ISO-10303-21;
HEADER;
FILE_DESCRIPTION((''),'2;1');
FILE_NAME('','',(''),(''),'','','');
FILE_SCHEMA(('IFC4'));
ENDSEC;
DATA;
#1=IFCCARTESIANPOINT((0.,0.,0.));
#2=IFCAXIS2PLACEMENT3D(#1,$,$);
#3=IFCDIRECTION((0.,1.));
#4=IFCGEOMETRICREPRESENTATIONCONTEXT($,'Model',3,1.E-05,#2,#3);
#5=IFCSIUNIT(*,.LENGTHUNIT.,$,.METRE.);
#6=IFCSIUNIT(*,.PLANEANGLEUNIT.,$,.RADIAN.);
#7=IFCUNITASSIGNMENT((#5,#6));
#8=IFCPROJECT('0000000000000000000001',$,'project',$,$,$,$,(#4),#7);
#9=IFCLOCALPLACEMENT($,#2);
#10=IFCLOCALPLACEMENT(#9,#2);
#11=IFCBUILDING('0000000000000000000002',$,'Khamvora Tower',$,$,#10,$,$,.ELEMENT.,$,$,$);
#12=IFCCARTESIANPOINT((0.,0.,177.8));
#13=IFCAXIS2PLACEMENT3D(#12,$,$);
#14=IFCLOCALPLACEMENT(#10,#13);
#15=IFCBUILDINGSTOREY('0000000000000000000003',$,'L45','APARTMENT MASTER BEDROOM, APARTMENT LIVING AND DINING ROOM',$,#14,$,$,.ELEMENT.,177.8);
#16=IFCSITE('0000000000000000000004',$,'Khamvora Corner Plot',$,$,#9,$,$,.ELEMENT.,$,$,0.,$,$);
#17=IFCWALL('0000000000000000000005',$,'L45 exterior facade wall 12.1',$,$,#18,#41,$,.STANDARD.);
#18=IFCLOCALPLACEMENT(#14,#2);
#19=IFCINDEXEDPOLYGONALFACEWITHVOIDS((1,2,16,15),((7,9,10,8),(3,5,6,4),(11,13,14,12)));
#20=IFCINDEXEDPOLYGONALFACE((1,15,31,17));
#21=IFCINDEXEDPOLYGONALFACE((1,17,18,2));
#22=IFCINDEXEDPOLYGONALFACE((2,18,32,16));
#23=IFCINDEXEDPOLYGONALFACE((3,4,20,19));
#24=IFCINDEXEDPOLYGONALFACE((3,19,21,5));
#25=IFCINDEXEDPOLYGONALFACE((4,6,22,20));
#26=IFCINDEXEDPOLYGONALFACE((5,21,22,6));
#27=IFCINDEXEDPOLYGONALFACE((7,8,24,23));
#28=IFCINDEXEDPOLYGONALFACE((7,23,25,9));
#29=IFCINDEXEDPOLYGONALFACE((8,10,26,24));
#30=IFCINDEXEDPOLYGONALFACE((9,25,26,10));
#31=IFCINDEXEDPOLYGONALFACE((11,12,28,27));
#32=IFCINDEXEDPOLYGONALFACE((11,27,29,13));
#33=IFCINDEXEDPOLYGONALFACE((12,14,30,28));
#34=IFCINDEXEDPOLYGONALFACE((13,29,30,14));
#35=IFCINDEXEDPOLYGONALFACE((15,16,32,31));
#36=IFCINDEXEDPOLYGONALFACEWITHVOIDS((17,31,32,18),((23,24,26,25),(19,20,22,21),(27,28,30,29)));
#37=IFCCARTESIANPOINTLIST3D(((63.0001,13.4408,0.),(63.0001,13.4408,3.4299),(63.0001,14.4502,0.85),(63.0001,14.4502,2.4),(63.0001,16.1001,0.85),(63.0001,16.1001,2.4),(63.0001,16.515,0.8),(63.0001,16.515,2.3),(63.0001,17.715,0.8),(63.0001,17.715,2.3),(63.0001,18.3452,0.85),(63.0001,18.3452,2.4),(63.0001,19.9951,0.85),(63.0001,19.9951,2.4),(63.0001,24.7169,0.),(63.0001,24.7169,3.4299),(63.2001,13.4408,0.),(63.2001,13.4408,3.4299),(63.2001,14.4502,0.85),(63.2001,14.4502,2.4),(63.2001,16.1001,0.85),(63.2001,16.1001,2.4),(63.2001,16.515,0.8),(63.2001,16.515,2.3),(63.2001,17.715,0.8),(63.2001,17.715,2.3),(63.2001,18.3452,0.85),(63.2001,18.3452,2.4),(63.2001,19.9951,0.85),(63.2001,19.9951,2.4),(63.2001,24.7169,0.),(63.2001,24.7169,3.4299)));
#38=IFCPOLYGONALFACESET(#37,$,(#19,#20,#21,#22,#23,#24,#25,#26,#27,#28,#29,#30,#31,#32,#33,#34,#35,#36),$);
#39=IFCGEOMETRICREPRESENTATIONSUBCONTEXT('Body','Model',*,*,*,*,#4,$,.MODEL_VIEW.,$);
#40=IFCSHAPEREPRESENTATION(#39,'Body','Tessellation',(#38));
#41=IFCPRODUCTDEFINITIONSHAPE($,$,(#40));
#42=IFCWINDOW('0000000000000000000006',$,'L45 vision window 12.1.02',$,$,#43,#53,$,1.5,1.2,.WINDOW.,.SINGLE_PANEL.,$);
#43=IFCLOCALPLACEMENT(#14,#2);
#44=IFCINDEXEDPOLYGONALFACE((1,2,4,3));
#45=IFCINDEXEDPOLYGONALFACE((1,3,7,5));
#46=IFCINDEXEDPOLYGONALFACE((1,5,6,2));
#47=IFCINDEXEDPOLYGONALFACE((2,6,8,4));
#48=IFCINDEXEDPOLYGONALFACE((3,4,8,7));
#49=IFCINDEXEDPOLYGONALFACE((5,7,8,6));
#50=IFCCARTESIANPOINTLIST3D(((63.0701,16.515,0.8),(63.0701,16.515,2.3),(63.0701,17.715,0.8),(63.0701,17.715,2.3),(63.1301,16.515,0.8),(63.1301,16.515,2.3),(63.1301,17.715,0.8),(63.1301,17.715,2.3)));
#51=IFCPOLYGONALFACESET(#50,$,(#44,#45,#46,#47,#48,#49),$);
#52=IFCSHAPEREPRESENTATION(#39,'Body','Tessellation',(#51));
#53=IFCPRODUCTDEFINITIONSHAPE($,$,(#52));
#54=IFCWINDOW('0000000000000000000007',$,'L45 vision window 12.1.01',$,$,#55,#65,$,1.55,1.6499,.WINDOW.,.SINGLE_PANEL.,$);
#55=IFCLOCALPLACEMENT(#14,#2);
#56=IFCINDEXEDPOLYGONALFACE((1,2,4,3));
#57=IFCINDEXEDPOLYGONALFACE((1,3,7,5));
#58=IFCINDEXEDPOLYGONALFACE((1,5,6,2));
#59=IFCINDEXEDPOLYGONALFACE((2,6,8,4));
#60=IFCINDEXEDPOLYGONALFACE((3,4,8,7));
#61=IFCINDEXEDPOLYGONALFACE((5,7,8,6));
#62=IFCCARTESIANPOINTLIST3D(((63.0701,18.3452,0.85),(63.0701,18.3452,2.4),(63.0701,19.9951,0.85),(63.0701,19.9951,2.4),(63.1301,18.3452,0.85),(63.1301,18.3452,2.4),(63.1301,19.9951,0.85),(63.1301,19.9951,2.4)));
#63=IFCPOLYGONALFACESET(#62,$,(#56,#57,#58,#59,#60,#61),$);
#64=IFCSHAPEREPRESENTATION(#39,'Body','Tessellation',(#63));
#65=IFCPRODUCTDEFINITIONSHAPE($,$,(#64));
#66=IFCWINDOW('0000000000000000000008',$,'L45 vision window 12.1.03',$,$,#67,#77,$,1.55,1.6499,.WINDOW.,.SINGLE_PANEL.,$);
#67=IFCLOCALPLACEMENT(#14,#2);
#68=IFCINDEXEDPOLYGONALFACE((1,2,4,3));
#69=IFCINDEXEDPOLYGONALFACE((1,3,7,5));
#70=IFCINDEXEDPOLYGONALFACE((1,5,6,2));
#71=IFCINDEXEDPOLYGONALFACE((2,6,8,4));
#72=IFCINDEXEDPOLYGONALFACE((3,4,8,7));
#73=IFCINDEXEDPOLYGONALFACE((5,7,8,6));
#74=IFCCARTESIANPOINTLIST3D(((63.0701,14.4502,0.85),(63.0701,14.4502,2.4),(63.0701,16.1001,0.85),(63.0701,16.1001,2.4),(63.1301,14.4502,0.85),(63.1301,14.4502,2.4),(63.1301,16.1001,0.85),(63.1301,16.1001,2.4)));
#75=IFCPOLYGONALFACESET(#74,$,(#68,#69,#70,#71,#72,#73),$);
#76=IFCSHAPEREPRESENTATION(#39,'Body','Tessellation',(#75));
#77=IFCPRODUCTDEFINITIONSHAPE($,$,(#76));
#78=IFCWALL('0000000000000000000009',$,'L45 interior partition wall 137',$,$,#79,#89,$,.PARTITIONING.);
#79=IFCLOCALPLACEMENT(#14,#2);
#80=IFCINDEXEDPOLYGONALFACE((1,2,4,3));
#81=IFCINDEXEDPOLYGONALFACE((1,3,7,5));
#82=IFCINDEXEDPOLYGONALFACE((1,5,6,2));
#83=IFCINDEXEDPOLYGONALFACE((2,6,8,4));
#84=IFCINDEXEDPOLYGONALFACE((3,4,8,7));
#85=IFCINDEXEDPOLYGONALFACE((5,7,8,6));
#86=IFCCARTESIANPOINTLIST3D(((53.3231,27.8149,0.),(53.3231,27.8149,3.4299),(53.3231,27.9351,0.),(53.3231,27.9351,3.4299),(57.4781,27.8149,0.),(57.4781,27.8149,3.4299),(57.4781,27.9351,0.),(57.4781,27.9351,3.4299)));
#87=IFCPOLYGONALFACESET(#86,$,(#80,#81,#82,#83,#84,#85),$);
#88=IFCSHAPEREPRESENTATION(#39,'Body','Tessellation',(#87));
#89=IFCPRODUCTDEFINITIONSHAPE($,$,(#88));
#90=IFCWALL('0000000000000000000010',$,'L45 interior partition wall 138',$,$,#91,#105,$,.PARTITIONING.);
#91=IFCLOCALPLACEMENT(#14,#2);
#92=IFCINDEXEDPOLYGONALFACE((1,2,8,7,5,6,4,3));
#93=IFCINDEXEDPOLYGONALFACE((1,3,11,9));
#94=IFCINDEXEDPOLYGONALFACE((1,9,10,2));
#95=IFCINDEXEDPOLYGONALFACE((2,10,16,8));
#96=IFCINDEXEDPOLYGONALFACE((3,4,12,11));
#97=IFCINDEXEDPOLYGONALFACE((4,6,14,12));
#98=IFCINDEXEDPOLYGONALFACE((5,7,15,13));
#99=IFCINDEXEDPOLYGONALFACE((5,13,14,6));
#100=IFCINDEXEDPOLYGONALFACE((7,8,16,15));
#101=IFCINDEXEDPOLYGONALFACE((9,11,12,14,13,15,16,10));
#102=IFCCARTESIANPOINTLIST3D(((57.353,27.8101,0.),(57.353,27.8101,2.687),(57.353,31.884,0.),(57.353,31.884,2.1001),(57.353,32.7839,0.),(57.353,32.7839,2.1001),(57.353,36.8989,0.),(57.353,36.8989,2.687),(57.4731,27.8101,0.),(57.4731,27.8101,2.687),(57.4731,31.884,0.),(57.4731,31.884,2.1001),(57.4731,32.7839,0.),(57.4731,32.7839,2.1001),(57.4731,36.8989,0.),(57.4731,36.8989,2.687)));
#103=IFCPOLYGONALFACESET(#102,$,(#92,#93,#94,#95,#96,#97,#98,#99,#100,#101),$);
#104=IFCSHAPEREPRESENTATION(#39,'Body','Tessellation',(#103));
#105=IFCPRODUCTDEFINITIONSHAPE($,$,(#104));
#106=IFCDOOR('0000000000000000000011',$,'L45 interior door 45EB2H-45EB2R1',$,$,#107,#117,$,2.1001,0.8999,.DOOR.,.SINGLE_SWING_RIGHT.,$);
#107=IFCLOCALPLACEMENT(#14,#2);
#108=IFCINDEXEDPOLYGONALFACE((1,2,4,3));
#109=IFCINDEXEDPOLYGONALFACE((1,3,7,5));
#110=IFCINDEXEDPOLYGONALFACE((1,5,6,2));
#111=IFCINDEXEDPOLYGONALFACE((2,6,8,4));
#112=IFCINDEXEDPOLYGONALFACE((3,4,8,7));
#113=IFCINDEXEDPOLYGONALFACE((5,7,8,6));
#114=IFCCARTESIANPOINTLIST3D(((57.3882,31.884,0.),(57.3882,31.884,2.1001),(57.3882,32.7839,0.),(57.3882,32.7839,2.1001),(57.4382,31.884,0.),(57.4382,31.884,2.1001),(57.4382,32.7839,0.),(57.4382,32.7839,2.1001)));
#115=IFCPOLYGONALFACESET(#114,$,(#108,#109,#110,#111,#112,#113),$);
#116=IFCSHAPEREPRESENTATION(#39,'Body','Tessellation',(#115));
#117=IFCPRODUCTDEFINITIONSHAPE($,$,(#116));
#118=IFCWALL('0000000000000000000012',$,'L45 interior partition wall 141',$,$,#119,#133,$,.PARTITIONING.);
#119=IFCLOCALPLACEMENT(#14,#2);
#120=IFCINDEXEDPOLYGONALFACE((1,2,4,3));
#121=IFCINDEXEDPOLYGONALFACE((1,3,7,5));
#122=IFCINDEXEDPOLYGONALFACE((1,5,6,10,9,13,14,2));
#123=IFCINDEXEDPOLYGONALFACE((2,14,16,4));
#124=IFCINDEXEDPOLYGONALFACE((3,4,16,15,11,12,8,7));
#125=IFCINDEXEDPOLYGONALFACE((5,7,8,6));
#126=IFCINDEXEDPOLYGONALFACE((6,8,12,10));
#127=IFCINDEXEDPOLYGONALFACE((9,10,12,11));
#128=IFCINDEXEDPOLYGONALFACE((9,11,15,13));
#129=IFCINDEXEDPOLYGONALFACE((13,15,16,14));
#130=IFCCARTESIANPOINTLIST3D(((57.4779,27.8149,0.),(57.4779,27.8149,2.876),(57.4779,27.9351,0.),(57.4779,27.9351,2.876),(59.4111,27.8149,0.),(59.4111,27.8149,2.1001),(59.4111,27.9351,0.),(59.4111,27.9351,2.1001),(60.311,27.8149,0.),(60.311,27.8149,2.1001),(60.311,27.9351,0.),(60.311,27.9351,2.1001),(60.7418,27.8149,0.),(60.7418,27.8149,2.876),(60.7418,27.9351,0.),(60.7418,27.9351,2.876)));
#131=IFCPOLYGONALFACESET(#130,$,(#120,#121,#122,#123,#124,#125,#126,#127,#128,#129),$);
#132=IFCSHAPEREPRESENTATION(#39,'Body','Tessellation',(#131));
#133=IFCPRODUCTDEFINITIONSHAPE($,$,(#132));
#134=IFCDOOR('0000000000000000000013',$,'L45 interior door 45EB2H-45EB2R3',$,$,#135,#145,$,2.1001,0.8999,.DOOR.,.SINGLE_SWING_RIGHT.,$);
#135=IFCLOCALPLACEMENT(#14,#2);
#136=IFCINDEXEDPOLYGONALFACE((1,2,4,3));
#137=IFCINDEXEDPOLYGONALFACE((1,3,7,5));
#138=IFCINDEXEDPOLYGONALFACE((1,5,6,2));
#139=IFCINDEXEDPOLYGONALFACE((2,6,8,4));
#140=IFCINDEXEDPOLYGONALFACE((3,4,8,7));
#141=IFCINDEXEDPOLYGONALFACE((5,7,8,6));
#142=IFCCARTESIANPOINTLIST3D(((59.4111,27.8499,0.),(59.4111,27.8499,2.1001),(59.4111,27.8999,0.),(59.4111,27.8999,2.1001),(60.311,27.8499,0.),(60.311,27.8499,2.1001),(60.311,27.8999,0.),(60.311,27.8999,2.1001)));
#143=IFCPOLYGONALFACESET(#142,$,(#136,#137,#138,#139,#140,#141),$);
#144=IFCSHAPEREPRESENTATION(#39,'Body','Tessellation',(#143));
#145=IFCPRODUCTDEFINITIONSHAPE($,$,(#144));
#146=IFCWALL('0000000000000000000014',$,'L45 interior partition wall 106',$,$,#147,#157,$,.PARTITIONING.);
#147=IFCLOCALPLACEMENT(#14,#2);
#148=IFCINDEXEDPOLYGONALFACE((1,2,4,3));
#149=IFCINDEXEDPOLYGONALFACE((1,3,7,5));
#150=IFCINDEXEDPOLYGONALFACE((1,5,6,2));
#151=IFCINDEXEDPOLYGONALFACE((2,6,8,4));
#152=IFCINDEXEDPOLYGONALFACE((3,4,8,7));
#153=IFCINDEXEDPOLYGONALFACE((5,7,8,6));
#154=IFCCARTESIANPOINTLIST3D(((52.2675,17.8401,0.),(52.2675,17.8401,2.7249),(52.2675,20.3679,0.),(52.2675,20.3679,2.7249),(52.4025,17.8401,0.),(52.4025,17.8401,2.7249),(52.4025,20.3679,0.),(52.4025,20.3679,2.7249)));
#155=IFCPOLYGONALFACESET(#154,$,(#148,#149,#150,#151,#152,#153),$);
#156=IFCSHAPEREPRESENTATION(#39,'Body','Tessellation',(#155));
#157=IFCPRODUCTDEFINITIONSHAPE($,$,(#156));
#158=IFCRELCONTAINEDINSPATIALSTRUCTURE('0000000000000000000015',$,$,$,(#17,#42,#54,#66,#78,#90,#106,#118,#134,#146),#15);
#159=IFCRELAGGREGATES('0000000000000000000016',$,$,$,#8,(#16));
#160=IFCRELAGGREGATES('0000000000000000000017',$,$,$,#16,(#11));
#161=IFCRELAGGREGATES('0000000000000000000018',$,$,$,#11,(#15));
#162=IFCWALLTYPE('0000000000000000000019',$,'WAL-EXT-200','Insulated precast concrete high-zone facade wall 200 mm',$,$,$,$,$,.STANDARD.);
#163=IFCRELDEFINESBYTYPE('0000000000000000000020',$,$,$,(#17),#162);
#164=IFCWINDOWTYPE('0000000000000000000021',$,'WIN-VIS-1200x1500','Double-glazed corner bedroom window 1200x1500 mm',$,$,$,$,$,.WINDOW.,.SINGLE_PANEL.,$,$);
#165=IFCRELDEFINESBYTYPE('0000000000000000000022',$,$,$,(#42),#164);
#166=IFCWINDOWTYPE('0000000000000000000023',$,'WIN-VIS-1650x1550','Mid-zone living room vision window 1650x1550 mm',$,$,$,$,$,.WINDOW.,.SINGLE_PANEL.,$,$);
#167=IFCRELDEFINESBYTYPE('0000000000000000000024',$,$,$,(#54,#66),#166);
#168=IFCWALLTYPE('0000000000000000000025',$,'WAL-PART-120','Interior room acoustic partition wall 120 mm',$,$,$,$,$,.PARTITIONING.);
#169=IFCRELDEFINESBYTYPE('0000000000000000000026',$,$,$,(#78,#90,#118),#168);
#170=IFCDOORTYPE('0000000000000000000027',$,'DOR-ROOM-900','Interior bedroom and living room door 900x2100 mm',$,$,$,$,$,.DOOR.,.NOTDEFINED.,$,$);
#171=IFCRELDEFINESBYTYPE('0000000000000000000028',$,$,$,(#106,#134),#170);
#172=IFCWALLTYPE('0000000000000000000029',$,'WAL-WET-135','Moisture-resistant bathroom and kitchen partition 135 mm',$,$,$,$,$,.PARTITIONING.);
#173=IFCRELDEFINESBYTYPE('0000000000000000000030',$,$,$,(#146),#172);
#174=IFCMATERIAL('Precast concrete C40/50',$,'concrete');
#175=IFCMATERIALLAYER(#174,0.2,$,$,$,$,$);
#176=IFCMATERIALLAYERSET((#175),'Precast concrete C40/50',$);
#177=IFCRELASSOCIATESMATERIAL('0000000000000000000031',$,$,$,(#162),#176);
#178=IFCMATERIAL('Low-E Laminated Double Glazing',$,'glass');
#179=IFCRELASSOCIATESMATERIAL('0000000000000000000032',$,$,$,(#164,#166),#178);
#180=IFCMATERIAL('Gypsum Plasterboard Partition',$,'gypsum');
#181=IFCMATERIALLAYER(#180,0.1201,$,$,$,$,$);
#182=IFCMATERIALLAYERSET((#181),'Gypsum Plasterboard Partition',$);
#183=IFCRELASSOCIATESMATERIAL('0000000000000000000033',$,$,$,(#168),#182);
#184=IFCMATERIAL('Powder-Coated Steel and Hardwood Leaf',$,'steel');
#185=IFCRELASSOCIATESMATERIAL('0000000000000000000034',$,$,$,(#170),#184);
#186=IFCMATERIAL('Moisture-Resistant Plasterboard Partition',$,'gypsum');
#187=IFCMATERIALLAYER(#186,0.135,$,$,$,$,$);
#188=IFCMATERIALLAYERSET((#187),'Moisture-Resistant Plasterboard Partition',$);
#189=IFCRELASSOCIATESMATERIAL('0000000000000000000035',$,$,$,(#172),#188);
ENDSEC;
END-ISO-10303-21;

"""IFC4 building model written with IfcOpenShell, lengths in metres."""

from ifc_helpers import new_model, si_unit, direction, frame, frame_2d, origin, place, context, subcontext, project, spatial, rectangle, extrude, material, layer, layer_set, type_object, element, fill, save


model = new_model("IFC4")

# Units and contexts
model_context = context("Model", 3, precision=1e-05, world=origin(), true_north=direction((0.0, 1.0)))
body_context = subcontext(model_context, "Body", "Model", "MODEL_VIEW")
ifc_project = project(units=[si_unit("LENGTHUNIT", "METRE"), si_unit("PLANEANGLEUNIT", "RADIAN")], contexts=[model_context])

# Site, building, storey
site_placement = place(None, origin())
site = spatial("IfcSite", under=ifc_project, at=site_placement, Name="Khamvora Corner Plot", CompositionType="ELEMENT", RefElevation=0.0)
building_placement = place(site_placement, origin())
building = spatial("IfcBuilding", under=site, at=building_placement, Name="Khamvora Tower", CompositionType="ELEMENT")
storey_placement = place(building_placement, frame((0.0, 0.0, 177.8)))
storey = spatial("IfcBuildingStorey", under=building, at=storey_placement, Name="L45", Description="APARTMENT MASTER BEDROOM, APARTMENT LIVING AND DINING ROOM", CompositionType="ELEMENT", Elevation=177.8)

# Shared definitions
ifc_material_1 = material(Name="Powder-Coated Steel and Hardwood Leaf", Category="steel")

# Shared definitions
ifc_material_2 = material(Name="Precast concrete C40/50", Category="concrete")
ifc_layer_1 = layer(ifc_material_2, 0.2)
ifc_layer_set_1 = layer_set([ifc_layer_1], Name="Precast concrete C40/50")
wall_type_1 = type_object("IfcWallType", Name="WAL-EXT-200", Description="Insulated precast concrete high-zone facade wall 200 mm", PredefinedType="STANDARD", material=ifc_layer_set_1)
ifc_material_3 = material(Name="Low-E Laminated Double Glazing", Category="glass")

# Wall, openings, windows
wall_1_placement = place(storey_placement, frame((63.1001, 24.717, 0.0), z_axis=(0.0, 0.0, 1.0), x_axis=(0.0, -1.0, 0.0)))
wall_1 = element("IfcWall", 1, at=wall_1_placement, inside=storey, type_object=wall_type_1, Name="L45 exterior facade wall 12.1", PredefinedType="STANDARD", context=body_context, shape_type="SweptSolid", body=[
    extrude(rectangle(XDim=11.2761, YDim=0.2, at=frame_2d((5.6382, 0.0))), origin(), (0.0, 0.0, 1.0), 3.4299),
])
opening_1_placement = place(wall_1_placement, frame((4.7219, 0.0, 0.8501)))
opening_1 = element("IfcOpeningElement", 2, at=opening_1_placement, cuts=wall_1, PredefinedType="OPENING", context=body_context, shape_type="SweptSolid", body=[
    extrude(rectangle(XDim=1.6499, YDim=1.55, at=frame_2d((0.825, 0.7749))), frame((0.0, 0.1099, 0.0), z_axis=(0.0, -1.0, 0.0), x_axis=(1.0, 0.0, 0.0)), (0.0, 0.0, 1.0), 0.22),
])
opening_2_placement = place(wall_1_placement, frame((7.002, 0.0, 0.8)))
opening_2 = element("IfcOpeningElement", 3, at=opening_2_placement, cuts=wall_1, PredefinedType="OPENING", context=body_context, shape_type="SweptSolid", body=[
    extrude(rectangle(XDim=1.2, YDim=1.5, at=frame_2d((0.6001, 0.75))), frame((0.0, 0.1099, 0.0), z_axis=(0.0, -1.0, 0.0), x_axis=(1.0, 0.0, 0.0)), (0.0, 0.0, 1.0), 0.22),
])
opening_3_placement = place(wall_1_placement, frame((8.6169, 0.0, 0.8501)))
opening_3 = element("IfcOpeningElement", 4, at=opening_3_placement, cuts=wall_1, PredefinedType="OPENING", context=body_context, shape_type="SweptSolid", body=[
    extrude(rectangle(XDim=1.6499, YDim=1.55, at=frame_2d((0.825, 0.7749))), frame((0.0, 0.1099, 0.0), z_axis=(0.0, -1.0, 0.0), x_axis=(1.0, 0.0, 0.0)), (0.0, 0.0, 1.0), 0.22),
])
window_type_1 = type_object("IfcWindowType", Name="WIN-VIS-1200x1500", Description="Double-glazed corner bedroom window 1200x1500 mm", PartitioningType="SINGLE_PANEL", PredefinedType="WINDOW", material=ifc_material_3)
window_1_placement = place(opening_2_placement, origin())
window_1 = element("IfcWindow", 5, at=window_1_placement, inside=storey, type_object=window_type_1, Name="L45 vision window 12.1.02", OverallHeight=1.5, OverallWidth=1.2, PartitioningType="SINGLE_PANEL", PredefinedType="WINDOW", context=body_context, shape_type="SweptSolid", body=[
    extrude(rectangle(XDim=1.2, YDim=1.5, at=frame_2d((0.6001, 0.75))), frame((0.0, 0.03, 0.0), z_axis=(0.0, -1.0, 0.0), x_axis=(1.0, 0.0, 0.0)), (0.0, 0.0, 1.0), 0.0601),
])
fill(opening_2, window_1)
window_type_2 = type_object("IfcWindowType", Name="WIN-VIS-1650x1550", Description="Mid-zone living room vision window 1650x1550 mm", PartitioningType="SINGLE_PANEL", PredefinedType="WINDOW", material=ifc_material_3)
window_2_placement = place(opening_1_placement, origin())
window_2 = element("IfcWindow", 6, at=window_2_placement, inside=storey, type_object=window_type_2, Name="L45 vision window 12.1.01", OverallHeight=1.55, OverallWidth=1.6499, PartitioningType="SINGLE_PANEL", PredefinedType="WINDOW", context=body_context, shape_type="SweptSolid", body=[
    extrude(rectangle(XDim=1.6499, YDim=1.55, at=frame_2d((0.825, 0.7749))), frame((0.0, 0.03, 0.0), z_axis=(0.0, -1.0, 0.0), x_axis=(1.0, 0.0, 0.0)), (0.0, 0.0, 1.0), 0.0601),
])
fill(opening_1, window_2)
window_3_placement = place(opening_3_placement, origin())
window_3 = element("IfcWindow", 7, at=window_3_placement, inside=storey, type_object=window_type_2, Name="L45 vision window 12.1.03", OverallHeight=1.55, OverallWidth=1.6499, PartitioningType="SINGLE_PANEL", PredefinedType="WINDOW", context=body_context, shape_type="SweptSolid", body=[
    extrude(rectangle(XDim=1.6499, YDim=1.55, at=frame_2d((0.825, 0.7749))), frame((0.0, 0.03, 0.0), z_axis=(0.0, -1.0, 0.0), x_axis=(1.0, 0.0, 0.0)), (0.0, 0.0, 1.0), 0.0601),
])
fill(opening_3, window_3)

# Wall
ifc_material_4 = material(Name="Gypsum Plasterboard Partition", Category="gypsum")
ifc_layer_2 = layer(ifc_material_4, 0.1201)
ifc_layer_set_2 = layer_set([ifc_layer_2], Name="Gypsum Plasterboard Partition")
wall_type_2 = type_object("IfcWallType", Name="WAL-PART-120", Description="Interior room acoustic partition wall 120 mm", PredefinedType="PARTITIONING", material=ifc_layer_set_2)
wall_2_placement = place(storey_placement, frame((53.323, 27.875, 0.0), z_axis=(0.0, 0.0, 1.0), x_axis=(1.0, 0.0, 0.0)))
element("IfcWall", 8, at=wall_2_placement, inside=storey, type_object=wall_type_2, Name="L45 interior partition wall 137", PredefinedType="PARTITIONING", context=body_context, shape_type="SweptSolid", body=[
    extrude(rectangle(XDim=4.155, YDim=0.1201, at=frame_2d((2.0776, 0.0))), origin(), (0.0, 0.0, 1.0), 3.4299),
])

# Walls, openings, doors
wall_3_placement = place(storey_placement, frame((57.4131, 27.8101, 0.0), z_axis=(0.0, 0.0, 1.0), x_axis=(0.0, 1.0, 0.0)))
wall_3 = element("IfcWall", 9, at=wall_3_placement, inside=storey, type_object=wall_type_2, Name="L45 interior partition wall 138", PredefinedType="PARTITIONING", context=body_context, shape_type="SweptSolid", body=[
    extrude(rectangle(XDim=9.0889, YDim=0.1201, at=frame_2d((4.5444, 0.0))), origin(), (0.0, 0.0, 1.0), 2.687),
])
opening_4_placement = place(wall_3_placement, frame((4.074, 0.0, 0.0)))
opening_4 = element("IfcOpeningElement", 10, at=opening_4_placement, cuts=wall_3, PredefinedType="OPENING", context=body_context, shape_type="SweptSolid", body=[
    extrude(rectangle(XDim=0.8999, YDim=2.1001, at=frame_2d((0.45, 1.05))), frame((0.0, 0.0701, 0.0), z_axis=(0.0, -1.0, 0.0), x_axis=(1.0, 0.0, 0.0)), (0.0, 0.0, 1.0), 0.1401),
])
door_type_1 = type_object("IfcDoorType", Name="DOR-ROOM-900", Description="Interior bedroom and living room door 900x2100 mm", OperationType="NOTDEFINED", PredefinedType="DOOR", material=ifc_material_1)
door_1_placement = place(opening_4_placement, origin())
door_1 = element("IfcDoor", 11, at=door_1_placement, inside=storey, type_object=door_type_1, Name="L45 interior door 45EB2H-45EB2R1", OperationType="SINGLE_SWING_RIGHT", OverallHeight=2.1001, OverallWidth=0.8999, PredefinedType="DOOR", context=body_context, shape_type="SweptSolid", body=[
    extrude(rectangle(XDim=0.8999, YDim=2.1001, at=frame_2d((0.45, 1.05))), frame((0.0, 0.0249, 0.0), z_axis=(0.0, -1.0, 0.0), x_axis=(1.0, 0.0, 0.0)), (0.0, 0.0, 1.0), 0.05),
])
fill(opening_4, door_1)
wall_4_placement = place(storey_placement, frame((57.478, 27.875, 0.0), z_axis=(0.0, 0.0, 1.0), x_axis=(1.0, 0.0, 0.0)))
wall_4 = element("IfcWall", 12, at=wall_4_placement, inside=storey, type_object=wall_type_2, Name="L45 interior partition wall 141", PredefinedType="PARTITIONING", context=body_context, shape_type="SweptSolid", body=[
    extrude(rectangle(XDim=3.2639, YDim=0.1201, at=frame_2d((1.6318, 0.0))), origin(), (0.0, 0.0, 1.0), 2.876),
])
opening_5_placement = place(wall_4_placement, frame((1.9331, 0.0, 0.0)))
opening_5 = element("IfcOpeningElement", 13, at=opening_5_placement, cuts=wall_4, PredefinedType="OPENING", context=body_context, shape_type="SweptSolid", body=[
    extrude(rectangle(XDim=0.8999, YDim=2.1001, at=frame_2d((0.45, 1.05))), frame((0.0, 0.0701, 0.0), z_axis=(0.0, -1.0, 0.0), x_axis=(1.0, 0.0, 0.0)), (0.0, 0.0, 1.0), 0.1401),
])
door_2_placement = place(opening_5_placement, origin())
door_2 = element("IfcDoor", 14, at=door_2_placement, inside=storey, type_object=door_type_1, Name="L45 interior door 45EB2H-45EB2R3", OperationType="SINGLE_SWING_RIGHT", OverallHeight=2.1001, OverallWidth=0.8999, PredefinedType="DOOR", context=body_context, shape_type="SweptSolid", body=[
    extrude(rectangle(XDim=0.8999, YDim=2.1001, at=frame_2d((0.45, 1.05))), frame((0.0, 0.0249, 0.0), z_axis=(0.0, -1.0, 0.0), x_axis=(1.0, 0.0, 0.0)), (0.0, 0.0, 1.0), 0.05),
])
fill(opening_5, door_2)

# Wall
ifc_material_5 = material(Name="Moisture-Resistant Plasterboard Partition", Category="gypsum")
ifc_layer_3 = layer(ifc_material_5, 0.135)
ifc_layer_set_3 = layer_set([ifc_layer_3], Name="Moisture-Resistant Plasterboard Partition")
wall_type_3 = type_object("IfcWallType", Name="WAL-WET-135", Description="Moisture-resistant bathroom and kitchen partition 135 mm", PredefinedType="PARTITIONING", material=ifc_layer_set_3)
wall_5_placement = place(storey_placement, frame((52.335, 20.3679, 0.0), z_axis=(0.0, 0.0, 1.0), x_axis=(0.0, -1.0, 0.0)))
element("IfcWall", 15, at=wall_5_placement, inside=storey, type_object=wall_type_3, Name="L45 interior partition wall 106", PredefinedType="PARTITIONING", context=body_context, shape_type="SweptSolid", body=[
    extrude(rectangle(XDim=2.5278, YDim=0.135, at=frame_2d((1.2639, 0.0))), origin(), (0.0, 0.0, 1.0), 2.7249),
])

save(model, "model.ifc")
